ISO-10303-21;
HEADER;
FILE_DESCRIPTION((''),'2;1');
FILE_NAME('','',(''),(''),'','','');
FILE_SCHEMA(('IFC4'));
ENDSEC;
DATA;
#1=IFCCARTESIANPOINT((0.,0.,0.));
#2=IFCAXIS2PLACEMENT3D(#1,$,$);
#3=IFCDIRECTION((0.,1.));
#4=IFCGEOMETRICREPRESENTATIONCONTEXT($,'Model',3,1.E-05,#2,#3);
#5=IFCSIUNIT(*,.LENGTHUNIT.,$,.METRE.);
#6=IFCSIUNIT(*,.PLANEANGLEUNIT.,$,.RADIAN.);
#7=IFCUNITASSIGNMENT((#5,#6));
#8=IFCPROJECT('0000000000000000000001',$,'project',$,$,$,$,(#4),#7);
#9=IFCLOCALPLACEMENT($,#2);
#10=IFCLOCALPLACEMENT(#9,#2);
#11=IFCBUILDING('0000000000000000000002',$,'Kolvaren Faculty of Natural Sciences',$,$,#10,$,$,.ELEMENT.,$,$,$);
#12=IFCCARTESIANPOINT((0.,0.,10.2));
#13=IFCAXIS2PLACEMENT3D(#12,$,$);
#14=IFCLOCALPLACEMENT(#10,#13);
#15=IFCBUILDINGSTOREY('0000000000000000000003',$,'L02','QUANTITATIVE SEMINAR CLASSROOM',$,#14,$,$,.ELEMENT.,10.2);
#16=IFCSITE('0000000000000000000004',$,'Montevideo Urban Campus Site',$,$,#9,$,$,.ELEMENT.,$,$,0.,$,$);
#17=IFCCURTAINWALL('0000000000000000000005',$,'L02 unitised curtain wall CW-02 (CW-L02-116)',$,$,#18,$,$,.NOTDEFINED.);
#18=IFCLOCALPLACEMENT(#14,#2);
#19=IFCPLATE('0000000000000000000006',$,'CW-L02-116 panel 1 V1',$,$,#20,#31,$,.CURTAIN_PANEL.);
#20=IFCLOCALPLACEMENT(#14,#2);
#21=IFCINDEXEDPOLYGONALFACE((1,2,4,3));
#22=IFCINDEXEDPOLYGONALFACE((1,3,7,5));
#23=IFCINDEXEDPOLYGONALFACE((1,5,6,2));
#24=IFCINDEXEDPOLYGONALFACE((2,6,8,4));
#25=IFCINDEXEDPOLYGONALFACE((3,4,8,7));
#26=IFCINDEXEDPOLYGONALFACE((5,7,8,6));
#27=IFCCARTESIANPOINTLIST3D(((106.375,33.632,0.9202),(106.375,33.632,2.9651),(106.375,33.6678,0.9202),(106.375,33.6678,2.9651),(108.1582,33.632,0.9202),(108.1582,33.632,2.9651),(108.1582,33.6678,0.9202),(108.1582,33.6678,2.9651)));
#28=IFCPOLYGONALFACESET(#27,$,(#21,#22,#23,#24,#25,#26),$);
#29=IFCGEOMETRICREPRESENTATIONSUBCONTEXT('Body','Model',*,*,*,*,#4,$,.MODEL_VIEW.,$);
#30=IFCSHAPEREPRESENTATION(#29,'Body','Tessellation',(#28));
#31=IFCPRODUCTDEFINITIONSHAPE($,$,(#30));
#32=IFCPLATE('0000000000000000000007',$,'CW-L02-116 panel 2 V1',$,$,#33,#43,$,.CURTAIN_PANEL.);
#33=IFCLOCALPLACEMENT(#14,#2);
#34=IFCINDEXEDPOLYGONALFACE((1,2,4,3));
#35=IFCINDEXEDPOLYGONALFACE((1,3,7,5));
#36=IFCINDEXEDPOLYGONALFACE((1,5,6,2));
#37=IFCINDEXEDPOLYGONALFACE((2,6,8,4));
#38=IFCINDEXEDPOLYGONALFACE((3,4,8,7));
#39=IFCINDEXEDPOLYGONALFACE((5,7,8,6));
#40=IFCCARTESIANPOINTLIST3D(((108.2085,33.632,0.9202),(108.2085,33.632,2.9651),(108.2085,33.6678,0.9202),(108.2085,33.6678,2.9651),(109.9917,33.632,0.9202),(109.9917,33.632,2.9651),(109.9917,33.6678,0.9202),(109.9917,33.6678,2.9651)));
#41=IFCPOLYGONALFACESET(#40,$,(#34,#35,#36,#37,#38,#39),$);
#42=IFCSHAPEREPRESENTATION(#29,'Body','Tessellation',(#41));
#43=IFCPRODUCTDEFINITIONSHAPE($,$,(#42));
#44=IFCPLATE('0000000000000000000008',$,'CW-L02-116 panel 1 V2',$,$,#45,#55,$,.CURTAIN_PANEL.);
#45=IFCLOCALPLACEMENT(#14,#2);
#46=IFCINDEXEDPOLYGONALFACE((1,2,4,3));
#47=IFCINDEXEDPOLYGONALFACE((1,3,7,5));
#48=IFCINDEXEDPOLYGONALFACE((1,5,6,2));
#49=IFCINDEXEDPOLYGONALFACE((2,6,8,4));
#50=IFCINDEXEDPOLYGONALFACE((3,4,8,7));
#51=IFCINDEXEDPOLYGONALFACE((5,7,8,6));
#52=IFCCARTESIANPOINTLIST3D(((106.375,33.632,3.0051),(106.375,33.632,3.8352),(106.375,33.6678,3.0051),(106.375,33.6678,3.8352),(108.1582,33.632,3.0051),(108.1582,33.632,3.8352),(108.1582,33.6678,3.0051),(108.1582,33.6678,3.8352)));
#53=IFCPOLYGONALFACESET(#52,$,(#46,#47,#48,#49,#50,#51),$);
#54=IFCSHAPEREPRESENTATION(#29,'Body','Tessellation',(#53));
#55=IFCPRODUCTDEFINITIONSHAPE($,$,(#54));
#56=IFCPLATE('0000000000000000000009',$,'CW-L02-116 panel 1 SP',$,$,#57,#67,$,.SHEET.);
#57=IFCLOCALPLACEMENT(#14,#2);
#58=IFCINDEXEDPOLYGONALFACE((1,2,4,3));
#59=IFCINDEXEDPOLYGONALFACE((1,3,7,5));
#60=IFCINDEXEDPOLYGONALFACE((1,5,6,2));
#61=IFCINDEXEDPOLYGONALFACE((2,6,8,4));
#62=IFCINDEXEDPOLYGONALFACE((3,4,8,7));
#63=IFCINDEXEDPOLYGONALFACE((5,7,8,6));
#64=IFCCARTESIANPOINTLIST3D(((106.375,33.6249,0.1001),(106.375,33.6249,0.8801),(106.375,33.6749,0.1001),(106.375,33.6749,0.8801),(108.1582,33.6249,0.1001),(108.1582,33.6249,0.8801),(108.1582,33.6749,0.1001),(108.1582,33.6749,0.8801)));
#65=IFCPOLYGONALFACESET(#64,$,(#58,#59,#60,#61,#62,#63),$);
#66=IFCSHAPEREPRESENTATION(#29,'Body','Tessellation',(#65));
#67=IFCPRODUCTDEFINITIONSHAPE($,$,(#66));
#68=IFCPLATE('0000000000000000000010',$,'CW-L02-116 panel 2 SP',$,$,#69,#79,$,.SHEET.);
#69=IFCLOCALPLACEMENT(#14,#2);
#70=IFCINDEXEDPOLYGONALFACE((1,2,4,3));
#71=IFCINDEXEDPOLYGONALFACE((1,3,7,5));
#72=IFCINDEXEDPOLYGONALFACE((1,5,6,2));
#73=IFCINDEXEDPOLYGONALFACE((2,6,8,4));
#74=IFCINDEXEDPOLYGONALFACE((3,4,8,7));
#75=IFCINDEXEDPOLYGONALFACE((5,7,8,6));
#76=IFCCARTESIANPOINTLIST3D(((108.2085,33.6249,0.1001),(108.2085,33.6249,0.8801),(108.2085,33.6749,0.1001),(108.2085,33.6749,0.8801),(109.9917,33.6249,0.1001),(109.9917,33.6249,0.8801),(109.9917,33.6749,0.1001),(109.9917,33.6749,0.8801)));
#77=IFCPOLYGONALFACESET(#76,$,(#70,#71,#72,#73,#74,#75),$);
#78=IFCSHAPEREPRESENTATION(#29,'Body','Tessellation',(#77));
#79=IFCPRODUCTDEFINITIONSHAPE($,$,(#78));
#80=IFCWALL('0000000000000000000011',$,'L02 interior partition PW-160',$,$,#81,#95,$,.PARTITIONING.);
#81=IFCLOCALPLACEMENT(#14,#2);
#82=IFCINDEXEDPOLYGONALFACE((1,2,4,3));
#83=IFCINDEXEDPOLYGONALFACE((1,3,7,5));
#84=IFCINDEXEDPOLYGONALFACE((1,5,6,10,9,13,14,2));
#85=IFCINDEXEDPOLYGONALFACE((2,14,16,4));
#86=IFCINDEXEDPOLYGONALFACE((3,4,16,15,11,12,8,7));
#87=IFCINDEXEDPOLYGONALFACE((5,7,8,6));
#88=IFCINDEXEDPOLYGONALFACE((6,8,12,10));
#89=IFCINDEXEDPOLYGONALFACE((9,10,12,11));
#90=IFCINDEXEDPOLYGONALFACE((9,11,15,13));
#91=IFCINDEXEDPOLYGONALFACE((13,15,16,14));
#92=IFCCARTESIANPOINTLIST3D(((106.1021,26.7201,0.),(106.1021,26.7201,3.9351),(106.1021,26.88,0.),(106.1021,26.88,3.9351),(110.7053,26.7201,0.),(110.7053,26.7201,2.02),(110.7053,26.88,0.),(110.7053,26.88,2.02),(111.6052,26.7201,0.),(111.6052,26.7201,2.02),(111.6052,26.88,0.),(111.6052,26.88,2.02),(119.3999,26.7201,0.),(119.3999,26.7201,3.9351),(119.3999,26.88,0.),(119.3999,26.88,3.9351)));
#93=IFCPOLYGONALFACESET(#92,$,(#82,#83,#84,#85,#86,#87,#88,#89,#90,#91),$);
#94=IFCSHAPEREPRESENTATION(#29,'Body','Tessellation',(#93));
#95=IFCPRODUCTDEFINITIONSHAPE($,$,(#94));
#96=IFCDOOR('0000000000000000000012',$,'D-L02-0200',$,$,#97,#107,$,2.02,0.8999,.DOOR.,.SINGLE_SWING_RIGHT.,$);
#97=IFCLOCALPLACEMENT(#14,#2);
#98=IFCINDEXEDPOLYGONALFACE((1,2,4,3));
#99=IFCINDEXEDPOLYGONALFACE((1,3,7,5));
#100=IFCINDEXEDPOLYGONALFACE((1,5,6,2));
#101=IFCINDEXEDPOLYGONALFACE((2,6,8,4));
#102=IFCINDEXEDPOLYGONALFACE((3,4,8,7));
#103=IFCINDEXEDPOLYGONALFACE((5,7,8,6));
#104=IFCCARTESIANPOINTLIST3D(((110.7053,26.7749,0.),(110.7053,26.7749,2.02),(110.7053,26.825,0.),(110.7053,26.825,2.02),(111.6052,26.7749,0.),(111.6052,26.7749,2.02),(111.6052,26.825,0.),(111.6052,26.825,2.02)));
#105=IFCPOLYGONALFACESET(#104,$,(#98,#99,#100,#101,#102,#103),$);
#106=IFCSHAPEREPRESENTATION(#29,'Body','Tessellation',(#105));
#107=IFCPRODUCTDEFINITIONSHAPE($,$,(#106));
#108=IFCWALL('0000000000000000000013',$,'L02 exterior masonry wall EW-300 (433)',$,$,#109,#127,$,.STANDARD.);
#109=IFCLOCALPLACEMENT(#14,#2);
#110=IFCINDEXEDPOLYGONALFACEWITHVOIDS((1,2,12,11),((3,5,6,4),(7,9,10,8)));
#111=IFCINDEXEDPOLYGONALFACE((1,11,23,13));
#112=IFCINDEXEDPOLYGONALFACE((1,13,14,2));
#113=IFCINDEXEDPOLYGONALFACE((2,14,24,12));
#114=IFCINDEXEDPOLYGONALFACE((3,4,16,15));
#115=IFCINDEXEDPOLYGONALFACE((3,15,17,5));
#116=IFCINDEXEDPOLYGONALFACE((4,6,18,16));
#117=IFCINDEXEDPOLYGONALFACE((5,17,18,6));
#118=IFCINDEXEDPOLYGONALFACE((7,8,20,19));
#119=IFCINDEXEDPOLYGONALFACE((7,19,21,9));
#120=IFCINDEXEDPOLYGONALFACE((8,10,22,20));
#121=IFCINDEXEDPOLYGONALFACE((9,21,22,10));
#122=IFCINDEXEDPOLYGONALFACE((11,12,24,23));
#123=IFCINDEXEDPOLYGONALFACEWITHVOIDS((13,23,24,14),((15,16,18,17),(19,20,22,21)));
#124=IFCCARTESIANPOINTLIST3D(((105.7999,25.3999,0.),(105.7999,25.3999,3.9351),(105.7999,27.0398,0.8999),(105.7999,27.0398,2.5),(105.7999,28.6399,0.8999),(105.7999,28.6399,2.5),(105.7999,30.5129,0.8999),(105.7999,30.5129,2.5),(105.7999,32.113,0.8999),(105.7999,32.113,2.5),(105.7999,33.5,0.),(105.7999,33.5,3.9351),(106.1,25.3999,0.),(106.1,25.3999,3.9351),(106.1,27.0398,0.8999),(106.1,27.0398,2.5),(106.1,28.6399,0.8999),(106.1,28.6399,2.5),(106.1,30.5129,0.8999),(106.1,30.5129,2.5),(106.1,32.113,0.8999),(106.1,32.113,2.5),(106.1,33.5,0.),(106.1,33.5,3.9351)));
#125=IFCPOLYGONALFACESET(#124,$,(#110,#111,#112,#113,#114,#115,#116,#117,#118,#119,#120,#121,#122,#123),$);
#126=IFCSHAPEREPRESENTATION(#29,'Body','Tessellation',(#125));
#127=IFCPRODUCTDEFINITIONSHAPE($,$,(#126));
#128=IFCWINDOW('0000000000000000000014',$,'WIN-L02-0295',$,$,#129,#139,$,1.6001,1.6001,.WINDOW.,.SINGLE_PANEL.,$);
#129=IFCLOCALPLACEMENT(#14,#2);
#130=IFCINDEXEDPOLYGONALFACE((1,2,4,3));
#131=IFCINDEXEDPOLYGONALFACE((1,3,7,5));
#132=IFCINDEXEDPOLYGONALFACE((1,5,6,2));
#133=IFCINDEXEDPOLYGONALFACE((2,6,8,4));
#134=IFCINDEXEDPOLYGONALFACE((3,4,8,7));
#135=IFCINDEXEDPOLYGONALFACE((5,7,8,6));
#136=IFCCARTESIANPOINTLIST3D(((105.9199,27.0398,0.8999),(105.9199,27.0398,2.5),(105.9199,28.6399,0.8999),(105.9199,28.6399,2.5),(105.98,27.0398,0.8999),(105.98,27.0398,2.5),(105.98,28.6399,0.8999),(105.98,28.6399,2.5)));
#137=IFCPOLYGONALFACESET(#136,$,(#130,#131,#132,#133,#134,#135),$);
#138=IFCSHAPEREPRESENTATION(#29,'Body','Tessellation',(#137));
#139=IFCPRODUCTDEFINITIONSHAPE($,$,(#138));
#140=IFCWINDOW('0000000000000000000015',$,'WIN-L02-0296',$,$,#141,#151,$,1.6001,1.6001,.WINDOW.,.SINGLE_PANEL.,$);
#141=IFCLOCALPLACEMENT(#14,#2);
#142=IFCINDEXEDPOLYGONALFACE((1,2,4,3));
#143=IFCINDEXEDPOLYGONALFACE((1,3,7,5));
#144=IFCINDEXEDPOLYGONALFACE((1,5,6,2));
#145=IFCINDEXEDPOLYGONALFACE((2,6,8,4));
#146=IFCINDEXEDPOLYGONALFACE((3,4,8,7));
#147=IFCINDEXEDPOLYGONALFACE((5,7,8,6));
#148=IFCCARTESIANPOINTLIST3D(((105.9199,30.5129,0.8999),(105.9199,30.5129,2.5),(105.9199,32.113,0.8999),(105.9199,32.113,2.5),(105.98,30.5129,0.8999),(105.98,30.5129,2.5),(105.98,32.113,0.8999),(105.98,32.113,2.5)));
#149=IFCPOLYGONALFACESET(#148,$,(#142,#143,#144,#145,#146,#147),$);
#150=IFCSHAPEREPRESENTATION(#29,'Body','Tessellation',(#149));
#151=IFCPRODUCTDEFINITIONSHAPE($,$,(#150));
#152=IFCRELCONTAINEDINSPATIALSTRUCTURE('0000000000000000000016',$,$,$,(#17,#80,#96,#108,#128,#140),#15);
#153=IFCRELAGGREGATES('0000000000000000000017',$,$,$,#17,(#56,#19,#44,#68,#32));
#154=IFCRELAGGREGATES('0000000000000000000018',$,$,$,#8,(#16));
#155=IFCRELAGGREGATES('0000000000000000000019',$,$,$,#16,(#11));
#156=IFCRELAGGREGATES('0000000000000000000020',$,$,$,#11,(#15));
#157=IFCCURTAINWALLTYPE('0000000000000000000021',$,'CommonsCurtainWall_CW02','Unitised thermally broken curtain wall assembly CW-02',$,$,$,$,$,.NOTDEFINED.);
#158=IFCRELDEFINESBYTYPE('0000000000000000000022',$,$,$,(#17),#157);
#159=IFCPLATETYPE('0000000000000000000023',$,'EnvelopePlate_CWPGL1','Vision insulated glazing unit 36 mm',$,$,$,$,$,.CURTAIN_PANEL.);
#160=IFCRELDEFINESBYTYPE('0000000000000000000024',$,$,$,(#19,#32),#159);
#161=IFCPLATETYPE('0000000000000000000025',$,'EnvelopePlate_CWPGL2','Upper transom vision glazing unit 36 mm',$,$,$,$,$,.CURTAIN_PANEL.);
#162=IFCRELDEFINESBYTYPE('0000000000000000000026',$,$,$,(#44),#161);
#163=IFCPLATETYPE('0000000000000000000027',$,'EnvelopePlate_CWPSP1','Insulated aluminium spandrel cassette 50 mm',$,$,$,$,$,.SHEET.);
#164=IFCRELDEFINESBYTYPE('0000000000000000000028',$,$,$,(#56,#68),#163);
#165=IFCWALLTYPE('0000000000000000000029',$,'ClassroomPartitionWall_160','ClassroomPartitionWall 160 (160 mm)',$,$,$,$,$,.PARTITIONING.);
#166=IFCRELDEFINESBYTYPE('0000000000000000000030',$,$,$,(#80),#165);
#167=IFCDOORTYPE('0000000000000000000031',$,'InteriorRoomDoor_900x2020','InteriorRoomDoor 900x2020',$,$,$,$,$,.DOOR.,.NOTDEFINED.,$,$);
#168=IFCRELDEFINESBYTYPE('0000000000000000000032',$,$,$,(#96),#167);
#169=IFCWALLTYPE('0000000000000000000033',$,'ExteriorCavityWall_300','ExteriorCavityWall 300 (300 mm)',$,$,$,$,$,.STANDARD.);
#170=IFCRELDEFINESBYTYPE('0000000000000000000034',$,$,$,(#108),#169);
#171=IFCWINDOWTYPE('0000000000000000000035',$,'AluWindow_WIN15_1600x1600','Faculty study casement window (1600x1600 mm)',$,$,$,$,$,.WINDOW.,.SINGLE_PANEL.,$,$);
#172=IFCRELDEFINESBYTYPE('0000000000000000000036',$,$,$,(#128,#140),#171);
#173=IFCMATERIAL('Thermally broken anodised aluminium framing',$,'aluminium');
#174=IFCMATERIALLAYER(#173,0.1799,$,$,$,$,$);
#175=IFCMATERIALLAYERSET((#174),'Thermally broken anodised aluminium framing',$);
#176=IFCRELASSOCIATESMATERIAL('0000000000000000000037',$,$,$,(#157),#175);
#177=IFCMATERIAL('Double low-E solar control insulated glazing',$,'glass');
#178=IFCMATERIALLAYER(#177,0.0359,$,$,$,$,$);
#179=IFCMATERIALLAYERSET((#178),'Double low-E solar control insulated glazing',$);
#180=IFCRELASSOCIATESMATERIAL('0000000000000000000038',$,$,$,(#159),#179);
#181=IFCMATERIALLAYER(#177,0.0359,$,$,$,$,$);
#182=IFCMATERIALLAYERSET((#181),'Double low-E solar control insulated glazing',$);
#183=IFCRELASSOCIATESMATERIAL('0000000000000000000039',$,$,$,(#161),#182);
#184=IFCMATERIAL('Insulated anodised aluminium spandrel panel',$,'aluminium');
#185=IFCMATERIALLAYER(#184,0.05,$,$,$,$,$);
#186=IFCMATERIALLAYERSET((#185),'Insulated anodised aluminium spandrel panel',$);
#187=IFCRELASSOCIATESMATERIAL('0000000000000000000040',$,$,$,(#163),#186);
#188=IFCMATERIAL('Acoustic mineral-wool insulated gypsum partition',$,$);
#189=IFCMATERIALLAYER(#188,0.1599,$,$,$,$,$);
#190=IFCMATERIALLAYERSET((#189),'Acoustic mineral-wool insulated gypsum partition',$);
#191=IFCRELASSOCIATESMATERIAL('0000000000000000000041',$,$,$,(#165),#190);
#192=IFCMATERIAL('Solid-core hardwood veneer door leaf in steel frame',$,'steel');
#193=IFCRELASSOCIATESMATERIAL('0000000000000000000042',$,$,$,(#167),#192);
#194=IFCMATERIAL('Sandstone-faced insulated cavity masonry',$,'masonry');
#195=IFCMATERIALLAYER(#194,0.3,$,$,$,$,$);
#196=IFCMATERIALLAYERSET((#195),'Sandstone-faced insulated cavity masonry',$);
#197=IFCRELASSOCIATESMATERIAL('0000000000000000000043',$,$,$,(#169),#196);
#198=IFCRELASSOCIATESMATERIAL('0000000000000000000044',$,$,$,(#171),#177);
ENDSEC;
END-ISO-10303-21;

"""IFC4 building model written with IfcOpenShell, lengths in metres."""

from ifc_helpers import new_model, si_unit, direction, frame, frame_2d, origin, origin_2d, place, context, subcontext, project, spatial, rectangle, extrude, material, layer, layer_set, type_object, element, fill, aggregate, save


model = new_model("IFC4")

# Units and contexts
model_context = context("Model", 3, precision=1e-05, world=origin(), true_north=direction((0.0, 1.0)))
body_context = subcontext(model_context, "Body", "Model", "MODEL_VIEW")
ifc_project = project(units=[si_unit("LENGTHUNIT", "METRE"), si_unit("PLANEANGLEUNIT", "RADIAN")], contexts=[model_context])

# Site, building, storey
site_placement = place(None, origin())
site = spatial("IfcSite", under=ifc_project, at=site_placement, Name="Montevideo Urban Campus Site", CompositionType="ELEMENT", RefElevation=0.0)
building_placement = place(site_placement, origin())
building = spatial("IfcBuilding", under=site, at=building_placement, Name="Kolvaren Faculty of Natural Sciences", CompositionType="ELEMENT")
storey_placement = place(building_placement, frame((0.0, 0.0, 10.2)))
storey = spatial("IfcBuildingStorey", under=building, at=storey_placement, Name="L02", Description="QUANTITATIVE SEMINAR CLASSROOM", CompositionType="ELEMENT", Elevation=10.2)

# Curtain wall
ifc_material_1 = material(Name="Thermally broken anodised aluminium framing", Category="aluminium")
ifc_layer_1 = layer(ifc_material_1, 0.1799)
ifc_layer_set_1 = layer_set([ifc_layer_1], Name="Thermally broken anodised aluminium framing")
curtain_wall_type = type_object("IfcCurtainWallType", Name="CommonsCurtainWall_CW02", Description="Unitised thermally broken curtain wall assembly CW-02", PredefinedType="NOTDEFINED", material=ifc_layer_set_1)
curtain_wall_placement = place(storey_placement, origin())
curtain_wall = element("IfcCurtainWall", 1, at=curtain_wall_placement, inside=storey, type_object=curtain_wall_type, Name="L02 unitised curtain wall CW-02 (CW-L02-116)", PredefinedType="NOTDEFINED")

# Plates
ifc_material_2 = material(Name="Double low-E solar control insulated glazing", Category="glass")
ifc_layer_2 = layer(ifc_material_2, 0.0359)
ifc_layer_set_2 = layer_set([ifc_layer_2], Name="Double low-E solar control insulated glazing")
plate_type_1 = type_object("IfcPlateType", Name="EnvelopePlate_CWPGL1", Description="Vision insulated glazing unit 36 mm", PredefinedType="CURTAIN_PANEL", material=ifc_layer_set_2)
plate_1_placement = place(storey_placement, frame((107.2666, 33.6499, 0.9202), z_axis=(0.0, 0.0, 1.0), x_axis=(1.0, 0.0, 0.0)))
plate_1 = element("IfcPlate", 2, at=plate_1_placement, type_object=plate_type_1, Name="CW-L02-116 panel 1 V1", PredefinedType="CURTAIN_PANEL", context=body_context, shape_type="SweptSolid", body=[
    extrude(rectangle(XDim=1.7832, YDim=0.0359, at=origin_2d()), origin(), (0.0, 0.0, 1.0), 2.0449),
])
plate_2_placement = place(storey_placement, frame((109.1001, 33.6499, 0.9202), z_axis=(0.0, 0.0, 1.0), x_axis=(1.0, 0.0, 0.0)))
plate_2 = element("IfcPlate", 3, at=plate_2_placement, type_object=plate_type_1, Name="CW-L02-116 panel 2 V1", PredefinedType="CURTAIN_PANEL", context=body_context, shape_type="SweptSolid", body=[
    extrude(rectangle(XDim=1.7832, YDim=0.0359, at=origin_2d()), origin(), (0.0, 0.0, 1.0), 2.0449),
])
ifc_layer_3 = layer(ifc_material_2, 0.0359)
ifc_layer_set_3 = layer_set([ifc_layer_3], Name="Double low-E solar control insulated glazing")
plate_type_2 = type_object("IfcPlateType", Name="EnvelopePlate_CWPGL2", Description="Upper transom vision glazing unit 36 mm", PredefinedType="CURTAIN_PANEL", material=ifc_layer_set_3)
plate_3_placement = place(storey_placement, frame((107.2666, 33.6499, 3.0051), z_axis=(0.0, 0.0, 1.0), x_axis=(1.0, 0.0, 0.0)))
plate_3 = element("IfcPlate", 4, at=plate_3_placement, type_object=plate_type_2, Name="CW-L02-116 panel 1 V2", PredefinedType="CURTAIN_PANEL", context=body_context, shape_type="SweptSolid", body=[
    extrude(rectangle(XDim=1.7832, YDim=0.0359, at=origin_2d()), origin(), (0.0, 0.0, 1.0), 0.8301),
])
ifc_material_3 = material(Name="Insulated anodised aluminium spandrel panel", Category="aluminium")
ifc_layer_4 = layer(ifc_material_3, 0.05)
ifc_layer_set_4 = layer_set([ifc_layer_4], Name="Insulated anodised aluminium spandrel panel")
plate_type_3 = type_object("IfcPlateType", Name="EnvelopePlate_CWPSP1", Description="Insulated aluminium spandrel cassette 50 mm", PredefinedType="SHEET", material=ifc_layer_set_4)
plate_4_placement = place(storey_placement, frame((107.2666, 33.6499, 0.1001), z_axis=(0.0, 0.0, 1.0), x_axis=(1.0, 0.0, 0.0)))
plate_4 = element("IfcPlate", 5, at=plate_4_placement, type_object=plate_type_3, Name="CW-L02-116 panel 1 SP", PredefinedType="SHEET", context=body_context, shape_type="SweptSolid", body=[
    extrude(rectangle(XDim=1.7832, YDim=0.05, at=origin_2d()), origin(), (0.0, 0.0, 1.0), 0.78),
])
plate_5_placement = place(storey_placement, frame((109.1001, 33.6499, 0.1001), z_axis=(0.0, 0.0, 1.0), x_axis=(1.0, 0.0, 0.0)))
plate_5 = element("IfcPlate", 6, at=plate_5_placement, type_object=plate_type_3, Name="CW-L02-116 panel 2 SP", PredefinedType="SHEET", context=body_context, shape_type="SweptSolid", body=[
    extrude(rectangle(XDim=1.7832, YDim=0.05, at=origin_2d()), origin(), (0.0, 0.0, 1.0), 0.78),
])
aggregate(curtain_wall, [plate_4, plate_1, plate_3, plate_5, plate_2])

# Wall, opening, door
ifc_material_4 = material(Name="Acoustic mineral-wool insulated gypsum partition")
ifc_layer_5 = layer(ifc_material_4, 0.1599)
ifc_layer_set_5 = layer_set([ifc_layer_5], Name="Acoustic mineral-wool insulated gypsum partition")
wall_type_1 = type_object("IfcWallType", Name="ClassroomPartitionWall_160", Description="ClassroomPartitionWall 160 (160 mm)", PredefinedType="PARTITIONING", material=ifc_layer_set_5)
wall_1_placement = place(storey_placement, frame((106.1021, 26.8, 0.0), z_axis=(0.0, 0.0, 1.0), x_axis=(1.0, 0.0, 0.0)))
wall_1 = element("IfcWall", 7, at=wall_1_placement, inside=storey, type_object=wall_type_1, Name="L02 interior partition PW-160", PredefinedType="PARTITIONING", context=body_context, shape_type="SweptSolid", body=[
    extrude(rectangle(XDim=13.2979, YDim=0.1599, at=frame_2d((6.6489, 0.0))), origin(), (0.0, 0.0, 1.0), 3.9351),
])
opening_1_placement = place(wall_1_placement, frame((4.6033, 0.0, 0.0)))
opening_1 = element("IfcOpeningElement", 8, at=opening_1_placement, cuts=wall_1, PredefinedType="OPENING", context=body_context, shape_type="SweptSolid", body=[
    extrude(rectangle(XDim=0.8999, YDim=2.02, at=frame_2d((0.45, 1.01))), frame((0.0, 0.0898, 0.0), z_axis=(0.0, -1.0, 0.0), x_axis=(1.0, 0.0, 0.0)), (0.0, 0.0, 1.0), 0.1799),
])
ifc_material_5 = material(Name="Solid-core hardwood veneer door leaf in steel frame", Category="steel")
door_type = type_object("IfcDoorType", Name="InteriorRoomDoor_900x2020", Description="InteriorRoomDoor 900x2020", OperationType="NOTDEFINED", PredefinedType="DOOR", material=ifc_material_5)
door_placement = place(opening_1_placement, origin())
door = element("IfcDoor", 9, at=door_placement, inside=storey, type_object=door_type, Name="D-L02-0200", OperationType="SINGLE_SWING_RIGHT", OverallHeight=2.02, OverallWidth=0.8999, PredefinedType="DOOR", context=body_context, shape_type="SweptSolid", body=[
    extrude(rectangle(XDim=0.8999, YDim=2.02, at=frame_2d((0.45, 1.01))), frame((0.0, 0.0249, 0.0), z_axis=(0.0, -1.0, 0.0), x_axis=(1.0, 0.0, 0.0)), (0.0, 0.0, 1.0), 0.05),
])
fill(opening_1, door)

# Wall, openings, windows
ifc_material_6 = material(Name="Sandstone-faced insulated cavity masonry", Category="masonry")
ifc_layer_6 = layer(ifc_material_6, 0.3)
ifc_layer_set_6 = layer_set([ifc_layer_6], Name="Sandstone-faced insulated cavity masonry")
wall_type_2 = type_object("IfcWallType", Name="ExteriorCavityWall_300", Description="ExteriorCavityWall 300 (300 mm)", PredefinedType="STANDARD", material=ifc_layer_set_6)
wall_2_placement = place(storey_placement, frame((105.95, 25.3999, 0.0), z_axis=(0.0, 0.0, 1.0), x_axis=(0.0, 1.0, 0.0)))
wall_2 = element("IfcWall", 10, at=wall_2_placement, inside=storey, type_object=wall_type_2, Name="L02 exterior masonry wall EW-300 (433)", PredefinedType="STANDARD", context=body_context, shape_type="SweptSolid", body=[
    extrude(rectangle(XDim=8.1001, YDim=0.3, at=frame_2d((4.05, 0.0))), origin(), (0.0, 0.0, 1.0), 3.9351),
])
opening_2_placement = place(wall_2_placement, frame((1.6399, 0.0, 0.8999)))
opening_2 = element("IfcOpeningElement", 11, at=opening_2_placement, cuts=wall_2, PredefinedType="OPENING", context=body_context, shape_type="SweptSolid", body=[
    extrude(rectangle(XDim=1.6001, YDim=1.6001, at=frame_2d((0.8, 0.8))), frame((0.0, 0.1599, 0.0), z_axis=(0.0, -1.0, 0.0), x_axis=(1.0, 0.0, 0.0)), (0.0, 0.0, 1.0), 0.3201),
])
opening_3_placement = place(wall_2_placement, frame((5.113, 0.0, 0.8999)))
opening_3 = element("IfcOpeningElement", 12, at=opening_3_placement, cuts=wall_2, PredefinedType="OPENING", context=body_context, shape_type="SweptSolid", body=[
    extrude(rectangle(XDim=1.6001, YDim=1.6001, at=frame_2d((0.8, 0.8))), frame((0.0, 0.1599, 0.0), z_axis=(0.0, -1.0, 0.0), x_axis=(1.0, 0.0, 0.0)), (0.0, 0.0, 1.0), 0.3201),
])
window_type = type_object("IfcWindowType", Name="AluWindow_WIN15_1600x1600", Description="Faculty study casement window (1600x1600 mm)", PartitioningType="SINGLE_PANEL", PredefinedType="WINDOW", material=ifc_material_2)
window_1_placement = place(opening_2_placement, origin())
window_1 = element("IfcWindow", 13, at=window_1_placement, inside=storey, type_object=window_type, Name="WIN-L02-0295", OverallHeight=1.6001, OverallWidth=1.6001, PartitioningType="SINGLE_PANEL", PredefinedType="WINDOW", context=body_context, shape_type="SweptSolid", body=[
    extrude(rectangle(XDim=1.6001, YDim=1.6001, at=frame_2d((0.8, 0.8))), frame((0.0, 0.03, 0.0), z_axis=(0.0, -1.0, 0.0), x_axis=(1.0, 0.0, 0.0)), (0.0, 0.0, 1.0), 0.0601),
])
fill(opening_2, window_1)
window_2_placement = place(opening_3_placement, origin())
window_2 = element("IfcWindow", 14, at=window_2_placement, inside=storey, type_object=window_type, Name="WIN-L02-0296", OverallHeight=1.6001, OverallWidth=1.6001, PartitioningType="SINGLE_PANEL", PredefinedType="WINDOW", context=body_context, shape_type="SweptSolid", body=[
    extrude(rectangle(XDim=1.6001, YDim=1.6001, at=frame_2d((0.8, 0.8))), frame((0.0, 0.03, 0.0), z_axis=(0.0, -1.0, 0.0), x_axis=(1.0, 0.0, 0.0)), (0.0, 0.0, 1.0), 0.0601),
])
fill(opening_3, window_2)

save(model, "model.ifc")
